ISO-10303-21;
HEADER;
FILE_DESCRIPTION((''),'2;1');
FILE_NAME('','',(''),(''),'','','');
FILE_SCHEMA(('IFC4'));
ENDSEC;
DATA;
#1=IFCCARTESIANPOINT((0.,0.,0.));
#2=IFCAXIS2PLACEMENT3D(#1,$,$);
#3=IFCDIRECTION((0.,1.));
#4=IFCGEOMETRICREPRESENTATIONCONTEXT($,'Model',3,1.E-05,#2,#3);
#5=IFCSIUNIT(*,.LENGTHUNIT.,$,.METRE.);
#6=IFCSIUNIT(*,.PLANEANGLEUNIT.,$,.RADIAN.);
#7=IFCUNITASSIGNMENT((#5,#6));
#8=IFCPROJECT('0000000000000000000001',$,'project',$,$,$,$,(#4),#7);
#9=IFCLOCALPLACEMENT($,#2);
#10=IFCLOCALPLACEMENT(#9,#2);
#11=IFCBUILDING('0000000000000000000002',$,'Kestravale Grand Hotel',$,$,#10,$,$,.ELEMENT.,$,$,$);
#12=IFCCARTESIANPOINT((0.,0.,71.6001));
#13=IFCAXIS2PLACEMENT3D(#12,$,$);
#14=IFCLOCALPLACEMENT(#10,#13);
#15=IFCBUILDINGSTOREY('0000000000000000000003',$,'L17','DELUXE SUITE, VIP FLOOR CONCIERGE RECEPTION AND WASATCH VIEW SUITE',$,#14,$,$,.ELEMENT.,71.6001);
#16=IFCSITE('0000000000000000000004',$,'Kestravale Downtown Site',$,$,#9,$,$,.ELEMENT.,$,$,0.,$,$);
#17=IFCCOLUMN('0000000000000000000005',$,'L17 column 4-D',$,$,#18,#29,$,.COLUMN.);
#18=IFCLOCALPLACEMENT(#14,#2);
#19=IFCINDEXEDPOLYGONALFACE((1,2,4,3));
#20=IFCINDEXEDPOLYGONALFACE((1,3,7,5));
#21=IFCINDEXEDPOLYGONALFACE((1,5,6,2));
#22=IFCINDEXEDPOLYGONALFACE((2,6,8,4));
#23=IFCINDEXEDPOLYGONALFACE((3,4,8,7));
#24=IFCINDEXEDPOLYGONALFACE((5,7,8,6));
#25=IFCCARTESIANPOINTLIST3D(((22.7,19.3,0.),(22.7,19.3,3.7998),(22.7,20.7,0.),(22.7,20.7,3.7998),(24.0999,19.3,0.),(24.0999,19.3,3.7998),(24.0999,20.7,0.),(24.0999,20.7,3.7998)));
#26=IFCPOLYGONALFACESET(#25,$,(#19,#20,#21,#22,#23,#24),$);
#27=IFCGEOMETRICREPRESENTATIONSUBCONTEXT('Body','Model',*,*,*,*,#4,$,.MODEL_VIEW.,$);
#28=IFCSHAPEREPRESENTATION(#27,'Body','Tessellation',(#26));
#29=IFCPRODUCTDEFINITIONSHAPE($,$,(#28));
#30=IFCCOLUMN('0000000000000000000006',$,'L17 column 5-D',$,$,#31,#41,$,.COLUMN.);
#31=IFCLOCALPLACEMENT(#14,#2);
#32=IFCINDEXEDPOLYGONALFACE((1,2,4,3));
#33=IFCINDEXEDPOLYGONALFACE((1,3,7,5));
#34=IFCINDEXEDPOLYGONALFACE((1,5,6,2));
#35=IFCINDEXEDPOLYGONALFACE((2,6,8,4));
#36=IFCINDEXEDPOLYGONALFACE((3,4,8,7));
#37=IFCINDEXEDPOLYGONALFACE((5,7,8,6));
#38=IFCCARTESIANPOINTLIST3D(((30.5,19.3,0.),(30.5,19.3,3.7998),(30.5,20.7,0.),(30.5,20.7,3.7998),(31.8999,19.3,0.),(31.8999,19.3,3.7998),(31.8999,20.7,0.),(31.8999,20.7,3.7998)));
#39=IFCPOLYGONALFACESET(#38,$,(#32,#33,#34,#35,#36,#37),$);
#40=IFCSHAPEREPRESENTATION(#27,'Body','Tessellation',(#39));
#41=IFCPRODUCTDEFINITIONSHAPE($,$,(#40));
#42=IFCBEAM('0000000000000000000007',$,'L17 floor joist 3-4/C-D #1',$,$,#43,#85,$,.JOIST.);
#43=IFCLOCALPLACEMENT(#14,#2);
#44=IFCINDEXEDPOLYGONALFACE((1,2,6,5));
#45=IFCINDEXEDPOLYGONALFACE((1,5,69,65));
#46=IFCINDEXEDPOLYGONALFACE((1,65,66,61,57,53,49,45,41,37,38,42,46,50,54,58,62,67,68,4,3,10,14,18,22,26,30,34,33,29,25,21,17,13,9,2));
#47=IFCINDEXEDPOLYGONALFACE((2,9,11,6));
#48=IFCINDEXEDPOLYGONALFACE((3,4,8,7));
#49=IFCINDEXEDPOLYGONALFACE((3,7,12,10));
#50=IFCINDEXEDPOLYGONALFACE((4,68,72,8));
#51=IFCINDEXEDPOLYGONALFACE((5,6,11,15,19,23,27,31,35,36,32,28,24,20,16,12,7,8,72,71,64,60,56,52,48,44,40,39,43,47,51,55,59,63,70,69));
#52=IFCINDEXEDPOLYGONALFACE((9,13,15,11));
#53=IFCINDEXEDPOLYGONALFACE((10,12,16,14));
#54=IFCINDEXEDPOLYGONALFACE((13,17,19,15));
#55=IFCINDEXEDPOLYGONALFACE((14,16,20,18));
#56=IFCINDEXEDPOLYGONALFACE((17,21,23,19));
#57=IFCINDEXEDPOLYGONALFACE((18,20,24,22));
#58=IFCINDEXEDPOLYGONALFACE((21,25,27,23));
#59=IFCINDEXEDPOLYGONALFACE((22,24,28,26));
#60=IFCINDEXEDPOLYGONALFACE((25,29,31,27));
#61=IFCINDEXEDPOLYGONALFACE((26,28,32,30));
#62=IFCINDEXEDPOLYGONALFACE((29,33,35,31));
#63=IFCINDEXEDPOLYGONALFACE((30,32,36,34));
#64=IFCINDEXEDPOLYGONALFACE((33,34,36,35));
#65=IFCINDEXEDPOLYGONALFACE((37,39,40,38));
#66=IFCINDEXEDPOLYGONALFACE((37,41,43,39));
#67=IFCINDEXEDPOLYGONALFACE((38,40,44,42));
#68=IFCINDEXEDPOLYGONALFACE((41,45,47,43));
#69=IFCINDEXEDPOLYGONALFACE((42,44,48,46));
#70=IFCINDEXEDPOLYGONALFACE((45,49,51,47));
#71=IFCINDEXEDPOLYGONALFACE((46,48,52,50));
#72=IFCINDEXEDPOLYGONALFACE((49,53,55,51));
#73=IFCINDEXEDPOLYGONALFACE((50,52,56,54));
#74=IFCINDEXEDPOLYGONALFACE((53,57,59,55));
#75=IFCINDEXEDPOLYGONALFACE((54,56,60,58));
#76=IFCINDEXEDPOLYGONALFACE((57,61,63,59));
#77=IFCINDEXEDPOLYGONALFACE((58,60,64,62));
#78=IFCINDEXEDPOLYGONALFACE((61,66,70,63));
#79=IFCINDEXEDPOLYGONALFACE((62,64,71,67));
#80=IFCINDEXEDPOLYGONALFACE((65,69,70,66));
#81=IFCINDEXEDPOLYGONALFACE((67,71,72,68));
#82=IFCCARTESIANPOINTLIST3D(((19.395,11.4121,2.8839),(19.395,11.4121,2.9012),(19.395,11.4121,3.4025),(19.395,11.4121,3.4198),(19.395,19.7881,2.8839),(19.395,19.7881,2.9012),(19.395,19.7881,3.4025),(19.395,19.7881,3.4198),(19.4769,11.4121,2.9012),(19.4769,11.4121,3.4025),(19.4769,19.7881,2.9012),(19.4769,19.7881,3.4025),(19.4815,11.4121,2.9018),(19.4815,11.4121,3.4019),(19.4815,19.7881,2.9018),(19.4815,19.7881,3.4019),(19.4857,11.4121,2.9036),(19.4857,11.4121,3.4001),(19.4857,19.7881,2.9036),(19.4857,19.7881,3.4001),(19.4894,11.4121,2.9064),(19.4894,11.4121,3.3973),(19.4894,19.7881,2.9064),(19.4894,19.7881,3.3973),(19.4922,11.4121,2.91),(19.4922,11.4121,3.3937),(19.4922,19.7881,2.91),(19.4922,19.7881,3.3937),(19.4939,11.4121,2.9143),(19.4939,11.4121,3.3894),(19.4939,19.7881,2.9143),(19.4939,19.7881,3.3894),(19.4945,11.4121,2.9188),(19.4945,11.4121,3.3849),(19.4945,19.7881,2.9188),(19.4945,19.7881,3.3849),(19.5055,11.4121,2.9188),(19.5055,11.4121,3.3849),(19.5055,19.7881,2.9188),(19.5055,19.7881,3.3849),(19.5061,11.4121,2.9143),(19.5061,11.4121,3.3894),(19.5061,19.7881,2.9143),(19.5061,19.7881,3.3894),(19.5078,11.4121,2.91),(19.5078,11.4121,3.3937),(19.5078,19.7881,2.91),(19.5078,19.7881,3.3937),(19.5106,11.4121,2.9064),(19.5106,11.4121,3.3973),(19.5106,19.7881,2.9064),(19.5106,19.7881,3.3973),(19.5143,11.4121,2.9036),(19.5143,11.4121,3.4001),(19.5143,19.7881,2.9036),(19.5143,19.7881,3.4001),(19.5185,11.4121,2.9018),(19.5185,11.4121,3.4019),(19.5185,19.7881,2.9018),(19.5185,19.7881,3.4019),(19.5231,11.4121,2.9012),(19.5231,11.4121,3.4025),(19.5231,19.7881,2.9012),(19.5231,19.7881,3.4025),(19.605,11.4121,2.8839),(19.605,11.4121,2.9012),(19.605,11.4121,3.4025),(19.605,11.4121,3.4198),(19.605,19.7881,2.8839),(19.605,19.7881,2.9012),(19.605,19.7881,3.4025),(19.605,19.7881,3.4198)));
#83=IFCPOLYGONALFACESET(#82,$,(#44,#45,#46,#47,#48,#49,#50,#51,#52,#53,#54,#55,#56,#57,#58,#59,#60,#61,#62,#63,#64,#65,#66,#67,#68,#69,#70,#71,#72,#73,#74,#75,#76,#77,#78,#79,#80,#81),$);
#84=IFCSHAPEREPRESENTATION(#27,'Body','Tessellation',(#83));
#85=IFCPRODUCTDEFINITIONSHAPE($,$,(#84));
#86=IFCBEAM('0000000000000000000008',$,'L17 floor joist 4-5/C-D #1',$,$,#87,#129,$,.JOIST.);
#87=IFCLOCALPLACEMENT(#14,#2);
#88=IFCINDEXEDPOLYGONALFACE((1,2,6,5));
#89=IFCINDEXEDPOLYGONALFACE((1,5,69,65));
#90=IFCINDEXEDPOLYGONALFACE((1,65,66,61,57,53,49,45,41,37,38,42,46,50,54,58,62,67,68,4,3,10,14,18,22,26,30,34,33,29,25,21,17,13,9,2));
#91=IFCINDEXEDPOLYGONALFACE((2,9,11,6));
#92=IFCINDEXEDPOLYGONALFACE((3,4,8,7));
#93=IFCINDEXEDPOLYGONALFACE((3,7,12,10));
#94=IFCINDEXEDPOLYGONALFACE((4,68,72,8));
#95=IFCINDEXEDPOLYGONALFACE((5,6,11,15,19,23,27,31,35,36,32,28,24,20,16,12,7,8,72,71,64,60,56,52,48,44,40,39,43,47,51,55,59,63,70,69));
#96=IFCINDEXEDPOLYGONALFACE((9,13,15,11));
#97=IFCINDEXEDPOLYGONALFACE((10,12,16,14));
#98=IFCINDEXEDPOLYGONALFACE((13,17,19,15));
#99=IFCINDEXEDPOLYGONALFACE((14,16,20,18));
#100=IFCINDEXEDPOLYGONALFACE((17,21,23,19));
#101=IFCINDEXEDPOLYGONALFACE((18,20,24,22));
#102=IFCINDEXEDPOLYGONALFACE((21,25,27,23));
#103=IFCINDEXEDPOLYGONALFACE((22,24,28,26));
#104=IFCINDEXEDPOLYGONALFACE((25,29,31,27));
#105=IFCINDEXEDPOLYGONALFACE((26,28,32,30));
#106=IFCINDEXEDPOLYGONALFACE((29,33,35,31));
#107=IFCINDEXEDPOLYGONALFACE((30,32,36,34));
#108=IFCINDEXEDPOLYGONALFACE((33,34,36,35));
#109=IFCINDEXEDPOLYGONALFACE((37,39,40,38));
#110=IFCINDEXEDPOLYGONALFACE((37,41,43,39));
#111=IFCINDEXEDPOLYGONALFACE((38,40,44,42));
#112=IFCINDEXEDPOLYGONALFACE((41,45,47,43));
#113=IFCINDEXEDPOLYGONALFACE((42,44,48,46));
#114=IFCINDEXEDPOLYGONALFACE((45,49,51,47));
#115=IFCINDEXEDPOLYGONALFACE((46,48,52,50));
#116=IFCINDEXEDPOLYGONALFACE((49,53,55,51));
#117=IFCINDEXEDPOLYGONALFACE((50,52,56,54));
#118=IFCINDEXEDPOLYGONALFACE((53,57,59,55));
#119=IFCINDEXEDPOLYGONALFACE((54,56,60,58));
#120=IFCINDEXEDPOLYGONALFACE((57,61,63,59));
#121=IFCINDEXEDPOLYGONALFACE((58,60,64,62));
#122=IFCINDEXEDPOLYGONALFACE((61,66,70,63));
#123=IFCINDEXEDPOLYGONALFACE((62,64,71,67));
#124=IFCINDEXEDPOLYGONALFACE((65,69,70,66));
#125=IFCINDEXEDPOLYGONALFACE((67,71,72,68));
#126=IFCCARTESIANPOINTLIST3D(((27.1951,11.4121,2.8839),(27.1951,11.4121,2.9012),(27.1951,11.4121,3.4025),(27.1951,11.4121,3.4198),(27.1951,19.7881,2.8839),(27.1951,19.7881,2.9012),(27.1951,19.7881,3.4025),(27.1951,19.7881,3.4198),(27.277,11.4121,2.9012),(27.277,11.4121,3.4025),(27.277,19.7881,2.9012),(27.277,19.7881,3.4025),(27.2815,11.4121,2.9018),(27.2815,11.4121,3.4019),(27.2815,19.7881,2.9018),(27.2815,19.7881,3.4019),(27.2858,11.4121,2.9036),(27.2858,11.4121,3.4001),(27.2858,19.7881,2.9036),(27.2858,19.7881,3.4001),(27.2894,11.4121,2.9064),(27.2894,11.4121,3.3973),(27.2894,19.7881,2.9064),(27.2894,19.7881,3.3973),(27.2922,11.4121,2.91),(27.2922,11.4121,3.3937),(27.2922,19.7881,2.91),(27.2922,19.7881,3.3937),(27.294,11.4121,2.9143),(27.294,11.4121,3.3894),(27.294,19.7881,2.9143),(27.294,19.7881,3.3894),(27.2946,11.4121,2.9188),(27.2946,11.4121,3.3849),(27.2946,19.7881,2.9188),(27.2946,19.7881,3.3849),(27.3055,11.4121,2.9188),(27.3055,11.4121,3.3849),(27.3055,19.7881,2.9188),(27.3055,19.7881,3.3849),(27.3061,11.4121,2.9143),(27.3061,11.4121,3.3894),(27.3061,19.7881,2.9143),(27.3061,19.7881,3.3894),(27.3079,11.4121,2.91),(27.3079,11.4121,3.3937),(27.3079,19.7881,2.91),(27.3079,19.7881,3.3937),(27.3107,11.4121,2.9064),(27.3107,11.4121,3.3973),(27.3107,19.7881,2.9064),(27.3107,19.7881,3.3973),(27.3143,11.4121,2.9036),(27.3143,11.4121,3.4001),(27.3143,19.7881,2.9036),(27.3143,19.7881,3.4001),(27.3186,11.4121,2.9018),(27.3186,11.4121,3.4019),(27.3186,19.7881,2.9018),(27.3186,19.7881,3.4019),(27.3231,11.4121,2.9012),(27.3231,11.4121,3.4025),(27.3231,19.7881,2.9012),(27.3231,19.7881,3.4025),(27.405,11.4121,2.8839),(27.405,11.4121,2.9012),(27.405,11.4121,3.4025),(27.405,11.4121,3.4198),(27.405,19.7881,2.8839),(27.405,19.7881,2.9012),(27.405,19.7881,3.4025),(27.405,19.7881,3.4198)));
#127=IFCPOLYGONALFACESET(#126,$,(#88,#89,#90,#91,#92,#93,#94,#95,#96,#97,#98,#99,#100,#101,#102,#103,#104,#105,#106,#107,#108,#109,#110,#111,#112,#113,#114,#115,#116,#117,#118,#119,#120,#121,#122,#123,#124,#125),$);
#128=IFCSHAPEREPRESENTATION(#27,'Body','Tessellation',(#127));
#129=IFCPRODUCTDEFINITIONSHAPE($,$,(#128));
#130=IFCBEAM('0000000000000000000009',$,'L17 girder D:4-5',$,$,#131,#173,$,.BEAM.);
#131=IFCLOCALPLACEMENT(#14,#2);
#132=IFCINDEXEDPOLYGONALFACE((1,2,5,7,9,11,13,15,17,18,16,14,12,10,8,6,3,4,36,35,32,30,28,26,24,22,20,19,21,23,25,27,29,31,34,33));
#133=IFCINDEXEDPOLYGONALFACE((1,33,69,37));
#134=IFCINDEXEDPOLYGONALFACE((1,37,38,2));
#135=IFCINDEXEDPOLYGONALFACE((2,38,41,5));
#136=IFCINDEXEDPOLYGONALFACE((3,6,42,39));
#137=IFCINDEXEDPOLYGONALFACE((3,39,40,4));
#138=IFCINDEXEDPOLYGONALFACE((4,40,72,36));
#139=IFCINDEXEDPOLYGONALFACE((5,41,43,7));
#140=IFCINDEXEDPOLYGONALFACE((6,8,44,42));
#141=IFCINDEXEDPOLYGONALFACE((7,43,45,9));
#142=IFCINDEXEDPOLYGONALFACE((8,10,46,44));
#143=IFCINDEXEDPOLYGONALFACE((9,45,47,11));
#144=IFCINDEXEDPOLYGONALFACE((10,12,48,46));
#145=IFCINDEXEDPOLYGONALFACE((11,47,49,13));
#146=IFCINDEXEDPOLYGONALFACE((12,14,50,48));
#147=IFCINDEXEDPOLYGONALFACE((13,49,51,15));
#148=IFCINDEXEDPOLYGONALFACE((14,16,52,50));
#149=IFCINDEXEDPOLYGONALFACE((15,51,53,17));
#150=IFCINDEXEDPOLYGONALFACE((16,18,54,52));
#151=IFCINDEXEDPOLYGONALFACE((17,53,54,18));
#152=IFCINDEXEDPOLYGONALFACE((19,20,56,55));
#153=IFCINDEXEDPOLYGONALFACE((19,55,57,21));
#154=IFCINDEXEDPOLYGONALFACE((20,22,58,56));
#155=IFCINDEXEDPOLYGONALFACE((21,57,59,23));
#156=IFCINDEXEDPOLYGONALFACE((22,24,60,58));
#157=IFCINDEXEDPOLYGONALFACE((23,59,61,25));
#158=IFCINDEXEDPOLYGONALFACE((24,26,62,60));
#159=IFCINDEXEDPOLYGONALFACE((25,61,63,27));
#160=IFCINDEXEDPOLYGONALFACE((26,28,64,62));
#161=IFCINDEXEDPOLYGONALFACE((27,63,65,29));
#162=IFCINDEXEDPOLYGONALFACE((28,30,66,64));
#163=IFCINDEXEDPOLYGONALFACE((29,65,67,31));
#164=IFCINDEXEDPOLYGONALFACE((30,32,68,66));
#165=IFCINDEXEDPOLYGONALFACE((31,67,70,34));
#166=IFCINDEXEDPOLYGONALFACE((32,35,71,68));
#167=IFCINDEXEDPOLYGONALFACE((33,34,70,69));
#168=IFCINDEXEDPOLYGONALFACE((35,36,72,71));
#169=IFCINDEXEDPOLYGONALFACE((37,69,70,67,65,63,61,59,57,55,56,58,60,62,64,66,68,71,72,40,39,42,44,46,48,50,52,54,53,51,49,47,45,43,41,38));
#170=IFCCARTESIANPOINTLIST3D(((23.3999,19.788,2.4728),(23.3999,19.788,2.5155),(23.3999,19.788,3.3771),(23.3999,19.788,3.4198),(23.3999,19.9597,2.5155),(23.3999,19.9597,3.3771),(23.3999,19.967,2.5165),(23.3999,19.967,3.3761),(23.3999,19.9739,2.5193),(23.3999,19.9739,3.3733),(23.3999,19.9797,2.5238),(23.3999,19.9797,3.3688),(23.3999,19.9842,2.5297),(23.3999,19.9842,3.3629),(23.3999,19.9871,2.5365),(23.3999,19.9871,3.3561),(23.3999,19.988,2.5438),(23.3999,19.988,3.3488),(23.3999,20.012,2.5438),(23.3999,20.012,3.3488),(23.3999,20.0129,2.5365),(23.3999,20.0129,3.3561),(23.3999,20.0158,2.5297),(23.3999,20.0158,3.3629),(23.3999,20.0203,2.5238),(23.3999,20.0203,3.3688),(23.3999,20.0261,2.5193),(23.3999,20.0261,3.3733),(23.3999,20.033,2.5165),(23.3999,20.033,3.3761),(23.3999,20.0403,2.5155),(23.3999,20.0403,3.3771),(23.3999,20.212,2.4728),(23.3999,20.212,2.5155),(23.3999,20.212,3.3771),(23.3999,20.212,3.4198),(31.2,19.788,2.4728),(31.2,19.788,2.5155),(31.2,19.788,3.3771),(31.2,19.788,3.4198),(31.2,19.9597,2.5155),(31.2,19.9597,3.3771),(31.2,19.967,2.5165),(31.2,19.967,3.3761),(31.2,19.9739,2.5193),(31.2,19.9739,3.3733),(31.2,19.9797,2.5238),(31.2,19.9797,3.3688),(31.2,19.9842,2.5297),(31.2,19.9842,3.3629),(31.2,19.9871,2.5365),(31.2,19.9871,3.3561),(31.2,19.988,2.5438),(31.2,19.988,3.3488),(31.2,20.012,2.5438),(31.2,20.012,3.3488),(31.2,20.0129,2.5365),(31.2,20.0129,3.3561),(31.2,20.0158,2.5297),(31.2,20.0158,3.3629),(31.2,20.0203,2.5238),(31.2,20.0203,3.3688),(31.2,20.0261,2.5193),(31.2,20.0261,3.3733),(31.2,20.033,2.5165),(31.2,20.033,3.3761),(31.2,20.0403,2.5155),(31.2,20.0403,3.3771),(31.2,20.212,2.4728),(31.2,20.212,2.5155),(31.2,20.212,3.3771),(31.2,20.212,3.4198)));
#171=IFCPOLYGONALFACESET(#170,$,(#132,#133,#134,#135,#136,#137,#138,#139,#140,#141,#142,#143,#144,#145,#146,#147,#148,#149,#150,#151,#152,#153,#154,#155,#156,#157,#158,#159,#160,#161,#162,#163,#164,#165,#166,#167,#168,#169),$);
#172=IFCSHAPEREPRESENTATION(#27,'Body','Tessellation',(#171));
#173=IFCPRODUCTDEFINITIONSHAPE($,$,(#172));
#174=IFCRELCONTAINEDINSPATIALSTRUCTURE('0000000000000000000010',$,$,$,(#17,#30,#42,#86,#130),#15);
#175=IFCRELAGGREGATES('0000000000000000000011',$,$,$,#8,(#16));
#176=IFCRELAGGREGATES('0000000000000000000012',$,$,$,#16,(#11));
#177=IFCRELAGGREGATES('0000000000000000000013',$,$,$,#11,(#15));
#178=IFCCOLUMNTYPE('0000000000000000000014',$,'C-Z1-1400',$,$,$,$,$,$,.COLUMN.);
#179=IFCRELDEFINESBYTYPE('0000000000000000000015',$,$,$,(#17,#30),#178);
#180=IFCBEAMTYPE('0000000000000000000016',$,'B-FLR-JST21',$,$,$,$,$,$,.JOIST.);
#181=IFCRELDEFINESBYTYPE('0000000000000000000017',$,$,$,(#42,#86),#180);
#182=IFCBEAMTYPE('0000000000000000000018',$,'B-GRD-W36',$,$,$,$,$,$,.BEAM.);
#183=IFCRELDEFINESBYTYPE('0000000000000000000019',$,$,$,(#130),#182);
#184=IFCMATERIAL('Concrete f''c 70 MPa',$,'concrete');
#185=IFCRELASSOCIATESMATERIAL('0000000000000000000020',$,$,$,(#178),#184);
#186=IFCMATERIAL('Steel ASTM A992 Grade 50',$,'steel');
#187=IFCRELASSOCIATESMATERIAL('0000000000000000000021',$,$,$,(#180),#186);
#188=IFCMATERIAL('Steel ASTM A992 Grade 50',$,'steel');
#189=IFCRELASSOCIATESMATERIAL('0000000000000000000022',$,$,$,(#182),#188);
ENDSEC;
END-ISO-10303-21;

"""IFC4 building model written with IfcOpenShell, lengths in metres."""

from ifc_helpers import new_model, si_unit, direction, frame, origin, origin_2d, place, context, subcontext, project, spatial, rectangle, i_section, extrude, material, material_profile, profile_set, type_object, element, save


model = new_model("IFC4")

# Units and contexts
model_context = context("Model", 3, precision=1e-05, world=origin(), true_north=direction((0.0, 1.0)))
body_context = subcontext(model_context, "Body", "Model", "MODEL_VIEW")
ifc_project = project(units=[si_unit("LENGTHUNIT", "METRE"), si_unit("PLANEANGLEUNIT", "RADIAN")], contexts=[model_context])

# Site, building, storey
site_placement = place(None, origin())
site = spatial("IfcSite", under=ifc_project, at=site_placement, Name="Kestravale Downtown Site", CompositionType="ELEMENT", RefElevation=0.0)
building_placement = place(site_placement, origin())
building = spatial("IfcBuilding", under=site, at=building_placement, Name="Kestravale Grand Hotel", CompositionType="ELEMENT")
storey_placement = place(building_placement, frame((0.0, 0.0, 71.6001)))
storey = spatial("IfcBuildingStorey", under=building, at=storey_placement, Name="L17", Description="DELUXE SUITE, VIP FLOOR CONCIERGE RECEPTION AND WASATCH VIEW SUITE", CompositionType="ELEMENT", Elevation=71.6001)

# Columns
ifc_material_1 = material(Name="Concrete f'c 70 MPa", Category="concrete")
ifc_material_profile_1 = material_profile(ifc_material_1, rectangle(XDim=1.3999, YDim=1.3999, at=origin_2d()))
ifc_profile_set_1 = profile_set([ifc_material_profile_1], Name="Concrete f'c 70 MPa")
column_type = type_object("IfcColumnType", Name="C-Z1-1400", PredefinedType="COLUMN", material=ifc_profile_set_1)
for number, where, z_axis, x_axis, name in (
    (1, (23.3999, 20.0, 0.0), (0.0, 0.0, 1.0), (1.0, 0.0, 0.0), "L17 column 4-D"),
    (2, (31.2, 20.0, 0.0), (0.0, 0.0, 1.0), (1.0, 0.0, 0.0), "L17 column 5-D"),
):
    element("IfcColumn", number, at=place(storey_placement, frame(where, z_axis=z_axis, x_axis=x_axis)), inside=storey, type_object=column_type, Name=name, PredefinedType="COLUMN", context=body_context, shape_type="SweptSolid", body=[
        extrude(rectangle(XDim=1.3999, YDim=1.3999, at=origin_2d()), origin(), (0.0, 0.0, 1.0), 3.7998),
    ])

# Beams
ifc_material_2 = material(Name="Steel ASTM A992 Grade 50", Category="steel")
ifc_material_profile_2 = material_profile(ifc_material_2, i_section(OverallWidth=0.21, OverallDepth=0.5359, WebThickness=0.011, FlangeThickness=0.0173, FilletRadius=0.0176, at=origin_2d()))
ifc_profile_set_2 = profile_set([ifc_material_profile_2], Name="Steel ASTM A992 Grade 50")
beam_type_1 = type_object("IfcBeamType", Name="B-FLR-JST21", PredefinedType="JOIST", material=ifc_profile_set_2)
for number, where, z_axis, x_axis, name in (
    (3, (19.5, 11.4121, 3.1519), (0.0, 1.0, 0.0), (-1.0, 0.0, 0.0), "L17 floor joist 3-4/C-D #1"),
    (4, (27.3, 11.4121, 3.1519), (0.0, 1.0, 0.0), (-1.0, 0.0, 0.0), "L17 floor joist 4-5/C-D #1"),
):
    element("IfcBeam", number, at=place(storey_placement, frame(where, z_axis=z_axis, x_axis=x_axis)), inside=storey, type_object=beam_type_1, Name=name, PredefinedType="JOIST", context=body_context, shape_type="SweptSolid", body=[
        extrude(i_section(OverallWidth=0.21, OverallDepth=0.5359, WebThickness=0.011, FlangeThickness=0.0173, FilletRadius=0.0176, at=origin_2d()), origin(), (0.0, 0.0, 1.0), 8.376),
    ])
ifc_material_3 = material(Name="Steel ASTM A992 Grade 50", Category="steel")
ifc_material_profile_3 = material_profile(ifc_material_3, i_section(OverallWidth=0.4241, OverallDepth=0.947, WebThickness=0.0239, FlangeThickness=0.0427, FilletRadius=0.0283, at=origin_2d()))
ifc_profile_set_3 = profile_set([ifc_material_profile_3], Name="Steel ASTM A992 Grade 50")
beam_type_2 = type_object("IfcBeamType", Name="B-GRD-W36", PredefinedType="BEAM", material=ifc_profile_set_3)
beam_1_placement = place(storey_placement, frame((23.3999, 20.0, 2.9463), z_axis=(1.0, 0.0, 0.0), x_axis=(0.0, 1.0, 0.0)))
element("IfcBeam", 5, at=beam_1_placement, inside=storey, type_object=beam_type_2, Name="L17 girder D:4-5", PredefinedType="BEAM", context=body_context, shape_type="SweptSolid", body=[
    extrude(i_section(OverallWidth=0.4241, OverallDepth=0.947, WebThickness=0.0239, FlangeThickness=0.0427, FilletRadius=0.0283, at=origin_2d()), origin(), (0.0, 0.0, 1.0), 7.8),
])

save(model, "model.ifc")
